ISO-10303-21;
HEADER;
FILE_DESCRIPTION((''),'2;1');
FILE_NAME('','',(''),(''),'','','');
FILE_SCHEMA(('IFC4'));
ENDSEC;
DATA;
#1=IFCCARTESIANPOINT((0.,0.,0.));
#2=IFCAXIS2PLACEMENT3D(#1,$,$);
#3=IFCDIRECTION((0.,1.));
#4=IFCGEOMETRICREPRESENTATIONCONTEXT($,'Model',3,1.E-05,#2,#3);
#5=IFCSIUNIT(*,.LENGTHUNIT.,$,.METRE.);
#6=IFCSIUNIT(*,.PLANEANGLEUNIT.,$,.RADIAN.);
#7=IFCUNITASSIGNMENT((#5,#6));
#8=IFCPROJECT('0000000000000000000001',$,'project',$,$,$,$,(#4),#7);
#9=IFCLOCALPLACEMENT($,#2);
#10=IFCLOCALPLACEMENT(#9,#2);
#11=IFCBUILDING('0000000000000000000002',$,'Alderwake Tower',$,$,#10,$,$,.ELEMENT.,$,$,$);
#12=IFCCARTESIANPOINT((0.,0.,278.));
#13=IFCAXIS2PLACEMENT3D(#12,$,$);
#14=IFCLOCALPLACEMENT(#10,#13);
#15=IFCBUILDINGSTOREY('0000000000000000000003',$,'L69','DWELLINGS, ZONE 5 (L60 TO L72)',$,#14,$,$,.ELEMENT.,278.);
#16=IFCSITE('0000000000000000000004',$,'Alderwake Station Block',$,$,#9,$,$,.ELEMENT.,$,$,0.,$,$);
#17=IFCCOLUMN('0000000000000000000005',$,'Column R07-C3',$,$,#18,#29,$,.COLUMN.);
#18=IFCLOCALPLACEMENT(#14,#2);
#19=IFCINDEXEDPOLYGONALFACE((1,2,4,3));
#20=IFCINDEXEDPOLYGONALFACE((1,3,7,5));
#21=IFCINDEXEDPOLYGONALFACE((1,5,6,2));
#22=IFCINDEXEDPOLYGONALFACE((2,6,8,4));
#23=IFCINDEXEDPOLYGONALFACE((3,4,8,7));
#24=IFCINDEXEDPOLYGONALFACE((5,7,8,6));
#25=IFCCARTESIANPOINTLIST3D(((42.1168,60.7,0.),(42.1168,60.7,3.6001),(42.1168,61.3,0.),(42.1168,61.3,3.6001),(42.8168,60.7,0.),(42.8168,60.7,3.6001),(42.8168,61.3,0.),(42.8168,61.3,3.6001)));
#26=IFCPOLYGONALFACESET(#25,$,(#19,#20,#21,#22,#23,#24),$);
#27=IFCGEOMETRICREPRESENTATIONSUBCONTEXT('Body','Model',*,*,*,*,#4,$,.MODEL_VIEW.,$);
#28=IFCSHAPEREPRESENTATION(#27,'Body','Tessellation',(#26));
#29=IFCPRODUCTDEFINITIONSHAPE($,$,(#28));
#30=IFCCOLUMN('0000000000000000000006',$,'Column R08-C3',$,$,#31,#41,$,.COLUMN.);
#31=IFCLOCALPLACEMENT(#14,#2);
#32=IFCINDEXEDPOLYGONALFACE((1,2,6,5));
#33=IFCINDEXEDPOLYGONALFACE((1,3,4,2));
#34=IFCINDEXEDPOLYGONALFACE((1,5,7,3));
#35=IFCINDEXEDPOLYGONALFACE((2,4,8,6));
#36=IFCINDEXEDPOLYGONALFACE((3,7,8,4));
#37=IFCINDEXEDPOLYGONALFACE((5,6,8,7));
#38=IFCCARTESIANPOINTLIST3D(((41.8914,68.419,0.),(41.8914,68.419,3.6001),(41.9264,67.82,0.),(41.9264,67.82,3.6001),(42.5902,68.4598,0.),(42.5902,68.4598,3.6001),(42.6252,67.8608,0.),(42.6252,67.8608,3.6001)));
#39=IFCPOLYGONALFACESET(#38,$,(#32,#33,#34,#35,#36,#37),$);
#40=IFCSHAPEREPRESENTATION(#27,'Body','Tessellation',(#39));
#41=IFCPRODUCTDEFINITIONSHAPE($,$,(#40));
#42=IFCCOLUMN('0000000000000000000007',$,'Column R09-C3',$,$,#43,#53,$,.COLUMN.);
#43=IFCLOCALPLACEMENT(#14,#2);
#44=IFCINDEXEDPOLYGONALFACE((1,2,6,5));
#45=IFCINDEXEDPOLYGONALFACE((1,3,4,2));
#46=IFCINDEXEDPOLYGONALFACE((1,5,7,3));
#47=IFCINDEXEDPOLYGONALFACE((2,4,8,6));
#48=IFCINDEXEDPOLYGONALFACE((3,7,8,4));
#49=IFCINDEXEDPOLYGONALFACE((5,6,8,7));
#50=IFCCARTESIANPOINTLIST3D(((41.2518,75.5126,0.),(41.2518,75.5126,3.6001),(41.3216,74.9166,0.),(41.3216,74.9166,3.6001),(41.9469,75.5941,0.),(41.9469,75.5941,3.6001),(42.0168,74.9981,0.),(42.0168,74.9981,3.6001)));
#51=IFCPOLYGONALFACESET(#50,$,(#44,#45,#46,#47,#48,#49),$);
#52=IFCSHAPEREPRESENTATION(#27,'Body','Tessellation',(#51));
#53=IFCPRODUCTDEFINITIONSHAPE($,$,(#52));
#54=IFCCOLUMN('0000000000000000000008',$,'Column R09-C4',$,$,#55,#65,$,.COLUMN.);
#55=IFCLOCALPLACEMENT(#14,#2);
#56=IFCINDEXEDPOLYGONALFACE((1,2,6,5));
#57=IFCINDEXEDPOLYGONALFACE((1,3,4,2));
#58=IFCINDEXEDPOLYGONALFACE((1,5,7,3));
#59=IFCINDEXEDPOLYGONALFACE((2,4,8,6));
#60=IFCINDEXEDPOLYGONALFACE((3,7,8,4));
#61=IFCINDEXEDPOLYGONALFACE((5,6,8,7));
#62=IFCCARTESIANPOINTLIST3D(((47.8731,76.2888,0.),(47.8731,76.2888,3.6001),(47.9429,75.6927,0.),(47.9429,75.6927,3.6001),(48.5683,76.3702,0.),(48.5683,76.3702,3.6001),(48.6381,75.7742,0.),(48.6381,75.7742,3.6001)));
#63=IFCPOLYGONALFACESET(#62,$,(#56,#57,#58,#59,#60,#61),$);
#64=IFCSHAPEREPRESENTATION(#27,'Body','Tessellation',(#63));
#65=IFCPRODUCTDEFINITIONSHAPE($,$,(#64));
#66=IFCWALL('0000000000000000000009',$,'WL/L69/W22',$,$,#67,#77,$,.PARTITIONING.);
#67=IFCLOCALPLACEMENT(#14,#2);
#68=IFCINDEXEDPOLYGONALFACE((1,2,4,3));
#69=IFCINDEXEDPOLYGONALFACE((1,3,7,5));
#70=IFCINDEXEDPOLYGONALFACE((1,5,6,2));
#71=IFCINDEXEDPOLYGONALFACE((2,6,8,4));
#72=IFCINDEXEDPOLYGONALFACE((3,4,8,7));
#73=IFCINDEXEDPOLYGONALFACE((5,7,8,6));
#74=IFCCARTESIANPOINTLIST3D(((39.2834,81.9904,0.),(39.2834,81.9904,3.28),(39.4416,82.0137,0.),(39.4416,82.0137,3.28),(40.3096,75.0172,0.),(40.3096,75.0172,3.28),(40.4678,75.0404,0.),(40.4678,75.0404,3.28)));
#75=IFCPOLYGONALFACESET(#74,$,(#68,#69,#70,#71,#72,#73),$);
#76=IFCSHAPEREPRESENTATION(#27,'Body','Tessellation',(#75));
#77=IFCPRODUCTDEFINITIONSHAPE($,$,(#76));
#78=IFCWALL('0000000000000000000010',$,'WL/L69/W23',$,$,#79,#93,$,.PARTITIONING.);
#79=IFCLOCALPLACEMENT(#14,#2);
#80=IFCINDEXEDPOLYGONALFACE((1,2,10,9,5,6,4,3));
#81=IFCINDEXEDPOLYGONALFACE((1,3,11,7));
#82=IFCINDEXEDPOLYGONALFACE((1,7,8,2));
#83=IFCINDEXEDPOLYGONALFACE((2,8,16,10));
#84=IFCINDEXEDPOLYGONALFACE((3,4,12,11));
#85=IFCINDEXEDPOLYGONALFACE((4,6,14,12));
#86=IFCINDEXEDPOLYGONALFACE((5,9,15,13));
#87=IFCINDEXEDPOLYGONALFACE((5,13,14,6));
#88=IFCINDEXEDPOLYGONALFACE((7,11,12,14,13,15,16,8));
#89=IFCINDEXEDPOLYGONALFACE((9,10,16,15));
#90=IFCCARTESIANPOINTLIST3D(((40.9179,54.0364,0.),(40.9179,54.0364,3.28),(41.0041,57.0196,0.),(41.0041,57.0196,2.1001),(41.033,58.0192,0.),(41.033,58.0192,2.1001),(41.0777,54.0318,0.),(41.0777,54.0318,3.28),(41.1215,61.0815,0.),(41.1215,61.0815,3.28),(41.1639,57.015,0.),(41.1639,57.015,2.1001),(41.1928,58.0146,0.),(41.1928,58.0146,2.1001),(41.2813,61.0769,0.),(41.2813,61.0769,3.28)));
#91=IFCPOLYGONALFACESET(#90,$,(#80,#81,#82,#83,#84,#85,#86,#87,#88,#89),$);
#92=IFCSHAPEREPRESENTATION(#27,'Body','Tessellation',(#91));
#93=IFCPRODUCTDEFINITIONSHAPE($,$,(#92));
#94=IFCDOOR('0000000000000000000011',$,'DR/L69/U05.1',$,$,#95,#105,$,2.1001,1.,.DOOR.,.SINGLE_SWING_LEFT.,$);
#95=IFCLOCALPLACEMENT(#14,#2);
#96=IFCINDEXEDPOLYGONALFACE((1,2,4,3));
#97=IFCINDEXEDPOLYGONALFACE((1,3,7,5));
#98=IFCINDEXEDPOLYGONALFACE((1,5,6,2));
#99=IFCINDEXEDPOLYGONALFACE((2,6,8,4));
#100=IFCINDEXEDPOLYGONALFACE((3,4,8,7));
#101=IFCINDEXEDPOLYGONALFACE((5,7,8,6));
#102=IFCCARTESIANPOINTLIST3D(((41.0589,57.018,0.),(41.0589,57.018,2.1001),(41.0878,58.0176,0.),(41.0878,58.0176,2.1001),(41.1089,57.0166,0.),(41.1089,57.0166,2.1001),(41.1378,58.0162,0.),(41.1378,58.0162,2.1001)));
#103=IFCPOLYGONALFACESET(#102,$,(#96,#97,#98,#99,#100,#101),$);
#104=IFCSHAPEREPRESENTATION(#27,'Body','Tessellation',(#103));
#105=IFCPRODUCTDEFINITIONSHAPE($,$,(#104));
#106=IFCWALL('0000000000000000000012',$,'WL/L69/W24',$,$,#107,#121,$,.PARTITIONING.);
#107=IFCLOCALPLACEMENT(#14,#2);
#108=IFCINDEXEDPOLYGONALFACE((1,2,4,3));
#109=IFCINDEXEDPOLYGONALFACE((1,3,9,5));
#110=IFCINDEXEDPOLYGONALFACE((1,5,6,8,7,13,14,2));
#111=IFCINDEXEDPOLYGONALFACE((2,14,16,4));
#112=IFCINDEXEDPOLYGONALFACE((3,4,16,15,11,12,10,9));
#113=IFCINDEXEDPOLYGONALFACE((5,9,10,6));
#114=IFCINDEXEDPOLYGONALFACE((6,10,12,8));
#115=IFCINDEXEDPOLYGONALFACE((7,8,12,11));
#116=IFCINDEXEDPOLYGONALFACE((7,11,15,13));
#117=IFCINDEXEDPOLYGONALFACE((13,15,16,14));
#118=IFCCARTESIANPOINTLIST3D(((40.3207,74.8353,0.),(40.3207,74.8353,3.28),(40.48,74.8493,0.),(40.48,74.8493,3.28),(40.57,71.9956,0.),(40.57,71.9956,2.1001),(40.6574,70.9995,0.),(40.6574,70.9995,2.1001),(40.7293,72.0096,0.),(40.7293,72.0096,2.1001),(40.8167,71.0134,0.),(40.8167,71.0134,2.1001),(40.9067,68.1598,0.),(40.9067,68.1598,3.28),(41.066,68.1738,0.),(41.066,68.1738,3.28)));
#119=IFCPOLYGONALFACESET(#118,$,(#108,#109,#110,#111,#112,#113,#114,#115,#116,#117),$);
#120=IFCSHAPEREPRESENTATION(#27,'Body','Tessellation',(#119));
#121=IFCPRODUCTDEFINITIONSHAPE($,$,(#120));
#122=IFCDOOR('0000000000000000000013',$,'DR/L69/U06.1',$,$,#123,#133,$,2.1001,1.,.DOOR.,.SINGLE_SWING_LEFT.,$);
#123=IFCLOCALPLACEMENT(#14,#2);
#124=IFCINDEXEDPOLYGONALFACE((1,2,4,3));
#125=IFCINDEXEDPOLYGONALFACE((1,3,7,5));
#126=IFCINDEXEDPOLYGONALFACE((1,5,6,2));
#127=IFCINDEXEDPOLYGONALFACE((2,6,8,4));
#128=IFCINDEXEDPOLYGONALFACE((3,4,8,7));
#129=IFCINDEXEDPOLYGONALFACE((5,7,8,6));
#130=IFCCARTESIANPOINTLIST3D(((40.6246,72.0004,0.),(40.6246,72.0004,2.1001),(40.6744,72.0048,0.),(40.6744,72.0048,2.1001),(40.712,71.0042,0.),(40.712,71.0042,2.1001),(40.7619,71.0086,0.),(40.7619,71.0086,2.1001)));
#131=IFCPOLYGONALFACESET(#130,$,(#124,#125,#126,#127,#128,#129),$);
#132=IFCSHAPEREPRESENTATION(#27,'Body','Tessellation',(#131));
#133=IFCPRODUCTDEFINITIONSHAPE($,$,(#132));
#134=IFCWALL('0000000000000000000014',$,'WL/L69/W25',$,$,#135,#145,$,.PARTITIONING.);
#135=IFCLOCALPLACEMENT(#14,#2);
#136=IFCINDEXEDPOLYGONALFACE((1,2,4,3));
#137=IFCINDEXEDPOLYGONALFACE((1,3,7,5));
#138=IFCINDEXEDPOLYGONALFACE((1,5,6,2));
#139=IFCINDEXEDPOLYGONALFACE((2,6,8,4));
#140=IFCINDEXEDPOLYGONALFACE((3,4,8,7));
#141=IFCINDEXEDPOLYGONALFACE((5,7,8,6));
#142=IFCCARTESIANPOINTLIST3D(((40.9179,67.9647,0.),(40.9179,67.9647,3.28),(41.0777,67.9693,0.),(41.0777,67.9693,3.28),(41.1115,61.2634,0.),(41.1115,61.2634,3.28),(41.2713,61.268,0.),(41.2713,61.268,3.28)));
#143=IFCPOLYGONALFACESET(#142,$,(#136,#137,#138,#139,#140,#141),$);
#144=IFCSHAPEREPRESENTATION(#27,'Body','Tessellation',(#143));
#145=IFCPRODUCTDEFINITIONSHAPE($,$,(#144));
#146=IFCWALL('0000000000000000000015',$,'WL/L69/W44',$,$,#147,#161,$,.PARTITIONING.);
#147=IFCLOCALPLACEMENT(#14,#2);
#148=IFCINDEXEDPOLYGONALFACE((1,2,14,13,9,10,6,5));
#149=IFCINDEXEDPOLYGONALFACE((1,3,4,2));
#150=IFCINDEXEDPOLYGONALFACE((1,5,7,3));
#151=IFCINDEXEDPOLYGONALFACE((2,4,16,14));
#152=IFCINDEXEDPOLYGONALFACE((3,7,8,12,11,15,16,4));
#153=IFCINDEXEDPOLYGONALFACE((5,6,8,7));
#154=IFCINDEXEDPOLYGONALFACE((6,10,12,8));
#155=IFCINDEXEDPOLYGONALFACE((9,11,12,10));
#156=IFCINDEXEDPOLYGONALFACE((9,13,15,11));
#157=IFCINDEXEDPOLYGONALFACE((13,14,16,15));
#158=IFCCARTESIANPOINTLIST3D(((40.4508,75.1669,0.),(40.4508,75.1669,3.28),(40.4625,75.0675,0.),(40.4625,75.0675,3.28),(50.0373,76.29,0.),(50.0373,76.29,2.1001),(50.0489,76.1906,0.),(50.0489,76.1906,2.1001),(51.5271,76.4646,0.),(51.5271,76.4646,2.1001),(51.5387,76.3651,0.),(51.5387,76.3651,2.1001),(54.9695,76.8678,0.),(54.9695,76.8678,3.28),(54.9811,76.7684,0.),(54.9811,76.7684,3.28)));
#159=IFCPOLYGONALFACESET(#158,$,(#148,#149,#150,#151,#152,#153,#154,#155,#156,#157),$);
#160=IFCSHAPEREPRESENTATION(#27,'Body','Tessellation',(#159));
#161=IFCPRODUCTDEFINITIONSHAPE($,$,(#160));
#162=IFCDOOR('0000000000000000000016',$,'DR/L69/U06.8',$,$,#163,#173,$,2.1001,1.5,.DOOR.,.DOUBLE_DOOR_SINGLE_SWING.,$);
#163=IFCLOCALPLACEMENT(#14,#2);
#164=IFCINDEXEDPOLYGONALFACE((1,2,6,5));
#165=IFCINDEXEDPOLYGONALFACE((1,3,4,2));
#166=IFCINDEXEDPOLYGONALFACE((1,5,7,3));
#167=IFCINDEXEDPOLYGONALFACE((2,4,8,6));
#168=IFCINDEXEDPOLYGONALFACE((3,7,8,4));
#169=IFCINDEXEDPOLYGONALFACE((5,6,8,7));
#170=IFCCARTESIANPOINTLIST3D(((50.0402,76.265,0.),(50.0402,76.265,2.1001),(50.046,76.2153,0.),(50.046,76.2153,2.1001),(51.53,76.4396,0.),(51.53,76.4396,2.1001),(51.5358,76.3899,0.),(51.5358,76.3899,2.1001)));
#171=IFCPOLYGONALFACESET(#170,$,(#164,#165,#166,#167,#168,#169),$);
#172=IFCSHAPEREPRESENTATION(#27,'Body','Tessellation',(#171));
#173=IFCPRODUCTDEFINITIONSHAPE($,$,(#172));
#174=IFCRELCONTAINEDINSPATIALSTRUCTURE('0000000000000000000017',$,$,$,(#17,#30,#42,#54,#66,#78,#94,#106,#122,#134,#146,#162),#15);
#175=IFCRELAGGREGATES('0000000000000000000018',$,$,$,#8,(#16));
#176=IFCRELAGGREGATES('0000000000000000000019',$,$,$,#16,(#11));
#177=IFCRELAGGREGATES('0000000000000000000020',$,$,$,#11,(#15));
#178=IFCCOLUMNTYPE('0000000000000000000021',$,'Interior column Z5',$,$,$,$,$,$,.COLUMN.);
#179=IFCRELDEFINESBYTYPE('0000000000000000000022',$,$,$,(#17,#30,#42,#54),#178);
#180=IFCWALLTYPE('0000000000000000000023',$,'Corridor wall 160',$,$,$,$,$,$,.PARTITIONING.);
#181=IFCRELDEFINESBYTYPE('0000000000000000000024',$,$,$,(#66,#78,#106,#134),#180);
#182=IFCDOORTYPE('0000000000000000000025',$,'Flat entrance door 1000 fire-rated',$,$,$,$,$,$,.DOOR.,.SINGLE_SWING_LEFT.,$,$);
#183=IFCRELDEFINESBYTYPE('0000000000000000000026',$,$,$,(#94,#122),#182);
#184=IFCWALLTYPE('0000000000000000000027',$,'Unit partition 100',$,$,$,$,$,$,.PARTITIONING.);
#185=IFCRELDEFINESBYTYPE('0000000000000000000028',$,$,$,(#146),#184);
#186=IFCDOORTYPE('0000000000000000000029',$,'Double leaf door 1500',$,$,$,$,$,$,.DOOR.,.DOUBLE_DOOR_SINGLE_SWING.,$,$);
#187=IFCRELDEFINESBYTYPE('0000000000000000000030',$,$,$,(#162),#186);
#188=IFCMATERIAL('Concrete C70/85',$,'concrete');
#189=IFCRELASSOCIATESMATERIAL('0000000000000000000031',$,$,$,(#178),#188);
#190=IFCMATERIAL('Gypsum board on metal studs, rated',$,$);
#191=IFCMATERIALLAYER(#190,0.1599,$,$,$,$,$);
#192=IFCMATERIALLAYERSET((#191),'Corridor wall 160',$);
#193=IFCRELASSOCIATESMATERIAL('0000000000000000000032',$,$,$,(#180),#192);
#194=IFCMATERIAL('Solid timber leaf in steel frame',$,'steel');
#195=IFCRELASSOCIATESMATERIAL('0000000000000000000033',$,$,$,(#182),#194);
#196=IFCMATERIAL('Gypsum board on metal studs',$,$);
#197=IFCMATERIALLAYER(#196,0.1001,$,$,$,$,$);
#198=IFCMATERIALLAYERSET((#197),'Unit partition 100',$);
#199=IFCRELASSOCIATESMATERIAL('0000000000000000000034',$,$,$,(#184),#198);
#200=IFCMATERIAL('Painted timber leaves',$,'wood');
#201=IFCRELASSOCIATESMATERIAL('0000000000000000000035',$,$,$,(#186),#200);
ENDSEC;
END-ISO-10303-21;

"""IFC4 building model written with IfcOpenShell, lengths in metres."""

from ifc_helpers import new_model, si_unit, direction, frame, frame_2d, origin, origin_2d, place, context, subcontext, project, spatial, rectangle, extrude, material, layer, layer_set, material_profile, profile_set, type_object, element, fill, save


model = new_model("IFC4")

# Units and contexts
model_context = context("Model", 3, precision=1e-05, world=origin(), true_north=direction((0.0, 1.0)))
body_context = subcontext(model_context, "Body", "Model", "MODEL_VIEW")
ifc_project = project(units=[si_unit("LENGTHUNIT", "METRE"), si_unit("PLANEANGLEUNIT", "RADIAN")], contexts=[model_context])

# Site, building, storey
site_placement = place(None, origin())
site = spatial("IfcSite", under=ifc_project, at=site_placement, Name="Alderwake Station Block", CompositionType="ELEMENT", RefElevation=0.0)
building_placement = place(site_placement, origin())
building = spatial("IfcBuilding", under=site, at=building_placement, Name="Alderwake Tower", CompositionType="ELEMENT")
storey_placement = place(building_placement, frame((0.0, 0.0, 278.0)))
storey = spatial("IfcBuildingStorey", under=building, at=storey_placement, Name="L69", Description="DWELLINGS, ZONE 5 (L60 TO L72)", CompositionType="ELEMENT", Elevation=278.0)

# Columns
ifc_material_1 = material(Name="Concrete C70/85", Category="concrete")
ifc_material_profile = material_profile(ifc_material_1, rectangle(XDim=0.6001, YDim=0.7, at=origin_2d()), Name="RC 700X600")
ifc_profile_set = profile_set([ifc_material_profile], Name="Concrete C70/85")
column_type = type_object("IfcColumnType", Name="Interior column Z5", PredefinedType="COLUMN", material=ifc_profile_set)
for number, where, z_axis, x_axis, name in (
    (1, (42.4668, 61.0, 0.0), (0.0, 0.0, 1.0), (0.0, 1.0, 0.0), "Column R07-C3"),
    (2, (42.2583, 68.1399, 0.0), (0.0, 0.0, 1.0), (-0.058299, 0.998299, 0.0), "Column R08-C3"),
    (3, (41.6343, 75.2554, 0.0), (0.0, 0.0, 1.0), (-0.116402, 0.993202, 0.0), "Column R09-C3"),
    (4, (48.2556, 76.0315, 0.0), (0.0, 0.0, 1.0), (-0.116402, 0.993202, 0.0), "Column R09-C4"),
):
    element("IfcColumn", number, at=place(storey_placement, frame(where, z_axis=z_axis, x_axis=x_axis)), inside=storey, type_object=column_type, Name=name, PredefinedType="COLUMN", context=body_context, shape_type="SweptSolid", body=[
        extrude(rectangle(XDim=0.6001, YDim=0.7, at=origin_2d()), origin(), (0.0, 0.0, 1.0), 3.6001),
    ])

# Wall
ifc_material_2 = material(Name="Gypsum board on metal studs, rated")
ifc_layer_1 = layer(ifc_material_2, 0.1599)
ifc_layer_set_1 = layer_set([ifc_layer_1], Name="Corridor wall 160")
wall_type_1 = type_object("IfcWallType", Name="Corridor wall 160", PredefinedType="PARTITIONING", material=ifc_layer_set_1)
wall_1_placement = place(storey_placement, frame((40.3887, 75.0288, 0.0), z_axis=(0.0, 0.0, 1.0), x_axis=(-0.145586, 0.989346, 0.0)))
element("IfcWall", 5, at=wall_1_placement, inside=storey, type_object=wall_type_1, Name="WL/L69/W22", PredefinedType="PARTITIONING", context=body_context, shape_type="SweptSolid", body=[
    extrude(rectangle(XDim=7.0483, YDim=0.1599, at=frame_2d((3.5242, 0.0))), origin(), (0.0, 0.0, 1.0), 3.28),
])

# Walls, openings, doors
wall_2_placement = place(storey_placement, frame((41.2014, 61.0791, 0.0), z_axis=(0.0, 0.0, 1.0), x_axis=(-0.028889, -0.999583, 0.0)))
wall_2 = element("IfcWall", 6, at=wall_2_placement, inside=storey, type_object=wall_type_1, Name="WL/L69/W23", PredefinedType="PARTITIONING", context=body_context, shape_type="SweptSolid", body=[
    extrude(rectangle(XDim=7.0481, YDim=0.1599, at=frame_2d((3.5239, 0.0))), origin(), (0.0, 0.0, 1.0), 3.28),
])
opening_1_placement = place(wall_2_placement, frame((3.0635, 0.0, 0.0)))
opening_1 = element("IfcOpeningElement", 7, at=opening_1_placement, cuts=wall_2, PredefinedType="OPENING", context=body_context, shape_type="SweptSolid", body=[
    extrude(rectangle(XDim=1.0, YDim=2.1001, at=frame_2d((0.5, 1.05))), frame((0.0, 0.0898, 0.0), z_axis=(0.0, -1.0, 0.0), x_axis=(1.0, 0.0, 0.0)), (0.0, 0.0, 1.0), 0.1799),
])
ifc_material_3 = material(Name="Solid timber leaf in steel frame", Category="steel")
door_type_1 = type_object("IfcDoorType", Name="Flat entrance door 1000 fire-rated", OperationType="SINGLE_SWING_LEFT", PredefinedType="DOOR", material=ifc_material_3)
door_1_placement = place(opening_1_placement, origin())
door_1 = element("IfcDoor", 8, at=door_1_placement, inside=storey, type_object=door_type_1, Name="DR/L69/U05.1", OperationType="SINGLE_SWING_LEFT", OverallHeight=2.1001, OverallWidth=1.0, PredefinedType="DOOR", context=body_context, shape_type="SweptSolid", body=[
    extrude(rectangle(XDim=1.0, YDim=2.1001, at=frame_2d((0.5, 1.05))), frame((0.0, 0.0249, 0.0), z_axis=(0.0, -1.0, 0.0), x_axis=(1.0, 0.0, 0.0)), (0.0, 0.0, 1.0), 0.05),
])
fill(opening_1, door_1)
wall_3_placement = place(storey_placement, frame((40.4004, 74.8423, 0.0), z_axis=(0.0, 0.0, 1.0), x_axis=(0.087438, -0.99617, 0.0)))
wall_3 = element("IfcWall", 9, at=wall_3_placement, inside=storey, type_object=wall_type_1, Name="WL/L69/W24", PredefinedType="PARTITIONING", context=body_context, shape_type="SweptSolid", body=[
    extrude(rectangle(XDim=6.7012, YDim=0.1599, at=frame_2d((3.3506, 0.0))), origin(), (0.0, 0.0, 1.0), 3.28),
])
opening_2_placement = place(wall_3_placement, frame((2.8506, 0.0, 0.0)))
opening_2 = element("IfcOpeningElement", 10, at=opening_2_placement, cuts=wall_3, PredefinedType="OPENING", context=body_context, shape_type="SweptSolid", body=[
    extrude(rectangle(XDim=1.0, YDim=2.1001, at=frame_2d((0.5, 1.05))), frame((0.0, 0.0898, 0.0), z_axis=(0.0, -1.0, 0.0), x_axis=(1.0, 0.0, 0.0)), (0.0, 0.0, 1.0), 0.1799),
])
door_2_placement = place(opening_2_placement, origin())
door_2 = element("IfcDoor", 11, at=door_2_placement, inside=storey, type_object=door_type_1, Name="DR/L69/U06.1", OperationType="SINGLE_SWING_LEFT", OverallHeight=2.1001, OverallWidth=1.0, PredefinedType="DOOR", context=body_context, shape_type="SweptSolid", body=[
    extrude(rectangle(XDim=1.0, YDim=2.1001, at=frame_2d((0.5, 1.05))), frame((0.0, 0.0249, 0.0), z_axis=(0.0, -1.0, 0.0), x_axis=(1.0, 0.0, 0.0)), (0.0, 0.0, 1.0), 0.05),
])
fill(opening_2, door_2)

# Wall
wall_4_placement = place(storey_placement, frame((40.9978, 67.967, 0.0), z_axis=(0.0, 0.0, 1.0), x_axis=(0.028878, -0.999583, 0.0)))
element("IfcWall", 12, at=wall_4_placement, inside=storey, type_object=wall_type_1, Name="WL/L69/W25", PredefinedType="PARTITIONING", context=body_context, shape_type="SweptSolid", body=[
    extrude(rectangle(XDim=6.7041, YDim=0.1599, at=frame_2d((3.3521, 0.0))), origin(), (0.0, 0.0, 1.0), 3.28),
])

# Wall, opening, door
ifc_material_4 = material(Name="Gypsum board on metal studs")
ifc_layer_2 = layer(ifc_material_4, 0.1001)
ifc_layer_set_2 = layer_set([ifc_layer_2], Name="Unit partition 100")
wall_type_2 = type_object("IfcWallType", Name="Unit partition 100", PredefinedType="PARTITIONING", material=ifc_layer_set_2)
wall_5_placement = place(storey_placement, frame((40.4565, 75.1172, 0.0), z_axis=(0.0, 0.0, 1.0), x_axis=(0.993207, 0.11636, 0.0)))
wall_5 = element("IfcWall", 13, at=wall_5_placement, inside=storey, type_object=wall_type_2, Name="WL/L69/W44", PredefinedType="PARTITIONING", context=body_context, shape_type="SweptSolid", body=[
    extrude(rectangle(XDim=14.6179, YDim=0.1001, at=frame_2d((7.3091, 0.0))), origin(), (0.0, 0.0, 1.0), 3.28),
])
opening_3_placement = place(wall_5_placement, frame((9.6521, 0.0, 0.0)))
opening_3 = element("IfcOpeningElement", 14, at=opening_3_placement, cuts=wall_5, PredefinedType="OPENING", context=body_context, shape_type="SweptSolid", body=[
    extrude(rectangle(XDim=1.5, YDim=2.1001, at=frame_2d((0.75, 1.05))), frame((0.0, 0.0601, 0.0), z_axis=(0.0, -1.0, 0.0), x_axis=(1.0, 0.0, 0.0)), (0.0, 0.0, 1.0), 0.1201),
])
ifc_material_5 = material(Name="Painted timber leaves", Category="wood")
door_type_2 = type_object("IfcDoorType", Name="Double leaf door 1500", OperationType="DOUBLE_DOOR_SINGLE_SWING", PredefinedType="DOOR", material=ifc_material_5)
door_3_placement = place(opening_3_placement, origin())
door_3 = element("IfcDoor", 15, at=door_3_placement, inside=storey, type_object=door_type_2, Name="DR/L69/U06.8", OperationType="DOUBLE_DOOR_SINGLE_SWING", OverallHeight=2.1001, OverallWidth=1.5, PredefinedType="DOOR", context=body_context, shape_type="SweptSolid", body=[
    extrude(rectangle(XDim=1.5, YDim=2.1001, at=frame_2d((0.75, 1.05))), frame((0.0, 0.0249, 0.0), z_axis=(0.0, -1.0, 0.0), x_axis=(1.0, 0.0, 0.0)), (0.0, 0.0, 1.0), 0.05),
])
fill(opening_3, door_3)

save(model, "model.ifc")
